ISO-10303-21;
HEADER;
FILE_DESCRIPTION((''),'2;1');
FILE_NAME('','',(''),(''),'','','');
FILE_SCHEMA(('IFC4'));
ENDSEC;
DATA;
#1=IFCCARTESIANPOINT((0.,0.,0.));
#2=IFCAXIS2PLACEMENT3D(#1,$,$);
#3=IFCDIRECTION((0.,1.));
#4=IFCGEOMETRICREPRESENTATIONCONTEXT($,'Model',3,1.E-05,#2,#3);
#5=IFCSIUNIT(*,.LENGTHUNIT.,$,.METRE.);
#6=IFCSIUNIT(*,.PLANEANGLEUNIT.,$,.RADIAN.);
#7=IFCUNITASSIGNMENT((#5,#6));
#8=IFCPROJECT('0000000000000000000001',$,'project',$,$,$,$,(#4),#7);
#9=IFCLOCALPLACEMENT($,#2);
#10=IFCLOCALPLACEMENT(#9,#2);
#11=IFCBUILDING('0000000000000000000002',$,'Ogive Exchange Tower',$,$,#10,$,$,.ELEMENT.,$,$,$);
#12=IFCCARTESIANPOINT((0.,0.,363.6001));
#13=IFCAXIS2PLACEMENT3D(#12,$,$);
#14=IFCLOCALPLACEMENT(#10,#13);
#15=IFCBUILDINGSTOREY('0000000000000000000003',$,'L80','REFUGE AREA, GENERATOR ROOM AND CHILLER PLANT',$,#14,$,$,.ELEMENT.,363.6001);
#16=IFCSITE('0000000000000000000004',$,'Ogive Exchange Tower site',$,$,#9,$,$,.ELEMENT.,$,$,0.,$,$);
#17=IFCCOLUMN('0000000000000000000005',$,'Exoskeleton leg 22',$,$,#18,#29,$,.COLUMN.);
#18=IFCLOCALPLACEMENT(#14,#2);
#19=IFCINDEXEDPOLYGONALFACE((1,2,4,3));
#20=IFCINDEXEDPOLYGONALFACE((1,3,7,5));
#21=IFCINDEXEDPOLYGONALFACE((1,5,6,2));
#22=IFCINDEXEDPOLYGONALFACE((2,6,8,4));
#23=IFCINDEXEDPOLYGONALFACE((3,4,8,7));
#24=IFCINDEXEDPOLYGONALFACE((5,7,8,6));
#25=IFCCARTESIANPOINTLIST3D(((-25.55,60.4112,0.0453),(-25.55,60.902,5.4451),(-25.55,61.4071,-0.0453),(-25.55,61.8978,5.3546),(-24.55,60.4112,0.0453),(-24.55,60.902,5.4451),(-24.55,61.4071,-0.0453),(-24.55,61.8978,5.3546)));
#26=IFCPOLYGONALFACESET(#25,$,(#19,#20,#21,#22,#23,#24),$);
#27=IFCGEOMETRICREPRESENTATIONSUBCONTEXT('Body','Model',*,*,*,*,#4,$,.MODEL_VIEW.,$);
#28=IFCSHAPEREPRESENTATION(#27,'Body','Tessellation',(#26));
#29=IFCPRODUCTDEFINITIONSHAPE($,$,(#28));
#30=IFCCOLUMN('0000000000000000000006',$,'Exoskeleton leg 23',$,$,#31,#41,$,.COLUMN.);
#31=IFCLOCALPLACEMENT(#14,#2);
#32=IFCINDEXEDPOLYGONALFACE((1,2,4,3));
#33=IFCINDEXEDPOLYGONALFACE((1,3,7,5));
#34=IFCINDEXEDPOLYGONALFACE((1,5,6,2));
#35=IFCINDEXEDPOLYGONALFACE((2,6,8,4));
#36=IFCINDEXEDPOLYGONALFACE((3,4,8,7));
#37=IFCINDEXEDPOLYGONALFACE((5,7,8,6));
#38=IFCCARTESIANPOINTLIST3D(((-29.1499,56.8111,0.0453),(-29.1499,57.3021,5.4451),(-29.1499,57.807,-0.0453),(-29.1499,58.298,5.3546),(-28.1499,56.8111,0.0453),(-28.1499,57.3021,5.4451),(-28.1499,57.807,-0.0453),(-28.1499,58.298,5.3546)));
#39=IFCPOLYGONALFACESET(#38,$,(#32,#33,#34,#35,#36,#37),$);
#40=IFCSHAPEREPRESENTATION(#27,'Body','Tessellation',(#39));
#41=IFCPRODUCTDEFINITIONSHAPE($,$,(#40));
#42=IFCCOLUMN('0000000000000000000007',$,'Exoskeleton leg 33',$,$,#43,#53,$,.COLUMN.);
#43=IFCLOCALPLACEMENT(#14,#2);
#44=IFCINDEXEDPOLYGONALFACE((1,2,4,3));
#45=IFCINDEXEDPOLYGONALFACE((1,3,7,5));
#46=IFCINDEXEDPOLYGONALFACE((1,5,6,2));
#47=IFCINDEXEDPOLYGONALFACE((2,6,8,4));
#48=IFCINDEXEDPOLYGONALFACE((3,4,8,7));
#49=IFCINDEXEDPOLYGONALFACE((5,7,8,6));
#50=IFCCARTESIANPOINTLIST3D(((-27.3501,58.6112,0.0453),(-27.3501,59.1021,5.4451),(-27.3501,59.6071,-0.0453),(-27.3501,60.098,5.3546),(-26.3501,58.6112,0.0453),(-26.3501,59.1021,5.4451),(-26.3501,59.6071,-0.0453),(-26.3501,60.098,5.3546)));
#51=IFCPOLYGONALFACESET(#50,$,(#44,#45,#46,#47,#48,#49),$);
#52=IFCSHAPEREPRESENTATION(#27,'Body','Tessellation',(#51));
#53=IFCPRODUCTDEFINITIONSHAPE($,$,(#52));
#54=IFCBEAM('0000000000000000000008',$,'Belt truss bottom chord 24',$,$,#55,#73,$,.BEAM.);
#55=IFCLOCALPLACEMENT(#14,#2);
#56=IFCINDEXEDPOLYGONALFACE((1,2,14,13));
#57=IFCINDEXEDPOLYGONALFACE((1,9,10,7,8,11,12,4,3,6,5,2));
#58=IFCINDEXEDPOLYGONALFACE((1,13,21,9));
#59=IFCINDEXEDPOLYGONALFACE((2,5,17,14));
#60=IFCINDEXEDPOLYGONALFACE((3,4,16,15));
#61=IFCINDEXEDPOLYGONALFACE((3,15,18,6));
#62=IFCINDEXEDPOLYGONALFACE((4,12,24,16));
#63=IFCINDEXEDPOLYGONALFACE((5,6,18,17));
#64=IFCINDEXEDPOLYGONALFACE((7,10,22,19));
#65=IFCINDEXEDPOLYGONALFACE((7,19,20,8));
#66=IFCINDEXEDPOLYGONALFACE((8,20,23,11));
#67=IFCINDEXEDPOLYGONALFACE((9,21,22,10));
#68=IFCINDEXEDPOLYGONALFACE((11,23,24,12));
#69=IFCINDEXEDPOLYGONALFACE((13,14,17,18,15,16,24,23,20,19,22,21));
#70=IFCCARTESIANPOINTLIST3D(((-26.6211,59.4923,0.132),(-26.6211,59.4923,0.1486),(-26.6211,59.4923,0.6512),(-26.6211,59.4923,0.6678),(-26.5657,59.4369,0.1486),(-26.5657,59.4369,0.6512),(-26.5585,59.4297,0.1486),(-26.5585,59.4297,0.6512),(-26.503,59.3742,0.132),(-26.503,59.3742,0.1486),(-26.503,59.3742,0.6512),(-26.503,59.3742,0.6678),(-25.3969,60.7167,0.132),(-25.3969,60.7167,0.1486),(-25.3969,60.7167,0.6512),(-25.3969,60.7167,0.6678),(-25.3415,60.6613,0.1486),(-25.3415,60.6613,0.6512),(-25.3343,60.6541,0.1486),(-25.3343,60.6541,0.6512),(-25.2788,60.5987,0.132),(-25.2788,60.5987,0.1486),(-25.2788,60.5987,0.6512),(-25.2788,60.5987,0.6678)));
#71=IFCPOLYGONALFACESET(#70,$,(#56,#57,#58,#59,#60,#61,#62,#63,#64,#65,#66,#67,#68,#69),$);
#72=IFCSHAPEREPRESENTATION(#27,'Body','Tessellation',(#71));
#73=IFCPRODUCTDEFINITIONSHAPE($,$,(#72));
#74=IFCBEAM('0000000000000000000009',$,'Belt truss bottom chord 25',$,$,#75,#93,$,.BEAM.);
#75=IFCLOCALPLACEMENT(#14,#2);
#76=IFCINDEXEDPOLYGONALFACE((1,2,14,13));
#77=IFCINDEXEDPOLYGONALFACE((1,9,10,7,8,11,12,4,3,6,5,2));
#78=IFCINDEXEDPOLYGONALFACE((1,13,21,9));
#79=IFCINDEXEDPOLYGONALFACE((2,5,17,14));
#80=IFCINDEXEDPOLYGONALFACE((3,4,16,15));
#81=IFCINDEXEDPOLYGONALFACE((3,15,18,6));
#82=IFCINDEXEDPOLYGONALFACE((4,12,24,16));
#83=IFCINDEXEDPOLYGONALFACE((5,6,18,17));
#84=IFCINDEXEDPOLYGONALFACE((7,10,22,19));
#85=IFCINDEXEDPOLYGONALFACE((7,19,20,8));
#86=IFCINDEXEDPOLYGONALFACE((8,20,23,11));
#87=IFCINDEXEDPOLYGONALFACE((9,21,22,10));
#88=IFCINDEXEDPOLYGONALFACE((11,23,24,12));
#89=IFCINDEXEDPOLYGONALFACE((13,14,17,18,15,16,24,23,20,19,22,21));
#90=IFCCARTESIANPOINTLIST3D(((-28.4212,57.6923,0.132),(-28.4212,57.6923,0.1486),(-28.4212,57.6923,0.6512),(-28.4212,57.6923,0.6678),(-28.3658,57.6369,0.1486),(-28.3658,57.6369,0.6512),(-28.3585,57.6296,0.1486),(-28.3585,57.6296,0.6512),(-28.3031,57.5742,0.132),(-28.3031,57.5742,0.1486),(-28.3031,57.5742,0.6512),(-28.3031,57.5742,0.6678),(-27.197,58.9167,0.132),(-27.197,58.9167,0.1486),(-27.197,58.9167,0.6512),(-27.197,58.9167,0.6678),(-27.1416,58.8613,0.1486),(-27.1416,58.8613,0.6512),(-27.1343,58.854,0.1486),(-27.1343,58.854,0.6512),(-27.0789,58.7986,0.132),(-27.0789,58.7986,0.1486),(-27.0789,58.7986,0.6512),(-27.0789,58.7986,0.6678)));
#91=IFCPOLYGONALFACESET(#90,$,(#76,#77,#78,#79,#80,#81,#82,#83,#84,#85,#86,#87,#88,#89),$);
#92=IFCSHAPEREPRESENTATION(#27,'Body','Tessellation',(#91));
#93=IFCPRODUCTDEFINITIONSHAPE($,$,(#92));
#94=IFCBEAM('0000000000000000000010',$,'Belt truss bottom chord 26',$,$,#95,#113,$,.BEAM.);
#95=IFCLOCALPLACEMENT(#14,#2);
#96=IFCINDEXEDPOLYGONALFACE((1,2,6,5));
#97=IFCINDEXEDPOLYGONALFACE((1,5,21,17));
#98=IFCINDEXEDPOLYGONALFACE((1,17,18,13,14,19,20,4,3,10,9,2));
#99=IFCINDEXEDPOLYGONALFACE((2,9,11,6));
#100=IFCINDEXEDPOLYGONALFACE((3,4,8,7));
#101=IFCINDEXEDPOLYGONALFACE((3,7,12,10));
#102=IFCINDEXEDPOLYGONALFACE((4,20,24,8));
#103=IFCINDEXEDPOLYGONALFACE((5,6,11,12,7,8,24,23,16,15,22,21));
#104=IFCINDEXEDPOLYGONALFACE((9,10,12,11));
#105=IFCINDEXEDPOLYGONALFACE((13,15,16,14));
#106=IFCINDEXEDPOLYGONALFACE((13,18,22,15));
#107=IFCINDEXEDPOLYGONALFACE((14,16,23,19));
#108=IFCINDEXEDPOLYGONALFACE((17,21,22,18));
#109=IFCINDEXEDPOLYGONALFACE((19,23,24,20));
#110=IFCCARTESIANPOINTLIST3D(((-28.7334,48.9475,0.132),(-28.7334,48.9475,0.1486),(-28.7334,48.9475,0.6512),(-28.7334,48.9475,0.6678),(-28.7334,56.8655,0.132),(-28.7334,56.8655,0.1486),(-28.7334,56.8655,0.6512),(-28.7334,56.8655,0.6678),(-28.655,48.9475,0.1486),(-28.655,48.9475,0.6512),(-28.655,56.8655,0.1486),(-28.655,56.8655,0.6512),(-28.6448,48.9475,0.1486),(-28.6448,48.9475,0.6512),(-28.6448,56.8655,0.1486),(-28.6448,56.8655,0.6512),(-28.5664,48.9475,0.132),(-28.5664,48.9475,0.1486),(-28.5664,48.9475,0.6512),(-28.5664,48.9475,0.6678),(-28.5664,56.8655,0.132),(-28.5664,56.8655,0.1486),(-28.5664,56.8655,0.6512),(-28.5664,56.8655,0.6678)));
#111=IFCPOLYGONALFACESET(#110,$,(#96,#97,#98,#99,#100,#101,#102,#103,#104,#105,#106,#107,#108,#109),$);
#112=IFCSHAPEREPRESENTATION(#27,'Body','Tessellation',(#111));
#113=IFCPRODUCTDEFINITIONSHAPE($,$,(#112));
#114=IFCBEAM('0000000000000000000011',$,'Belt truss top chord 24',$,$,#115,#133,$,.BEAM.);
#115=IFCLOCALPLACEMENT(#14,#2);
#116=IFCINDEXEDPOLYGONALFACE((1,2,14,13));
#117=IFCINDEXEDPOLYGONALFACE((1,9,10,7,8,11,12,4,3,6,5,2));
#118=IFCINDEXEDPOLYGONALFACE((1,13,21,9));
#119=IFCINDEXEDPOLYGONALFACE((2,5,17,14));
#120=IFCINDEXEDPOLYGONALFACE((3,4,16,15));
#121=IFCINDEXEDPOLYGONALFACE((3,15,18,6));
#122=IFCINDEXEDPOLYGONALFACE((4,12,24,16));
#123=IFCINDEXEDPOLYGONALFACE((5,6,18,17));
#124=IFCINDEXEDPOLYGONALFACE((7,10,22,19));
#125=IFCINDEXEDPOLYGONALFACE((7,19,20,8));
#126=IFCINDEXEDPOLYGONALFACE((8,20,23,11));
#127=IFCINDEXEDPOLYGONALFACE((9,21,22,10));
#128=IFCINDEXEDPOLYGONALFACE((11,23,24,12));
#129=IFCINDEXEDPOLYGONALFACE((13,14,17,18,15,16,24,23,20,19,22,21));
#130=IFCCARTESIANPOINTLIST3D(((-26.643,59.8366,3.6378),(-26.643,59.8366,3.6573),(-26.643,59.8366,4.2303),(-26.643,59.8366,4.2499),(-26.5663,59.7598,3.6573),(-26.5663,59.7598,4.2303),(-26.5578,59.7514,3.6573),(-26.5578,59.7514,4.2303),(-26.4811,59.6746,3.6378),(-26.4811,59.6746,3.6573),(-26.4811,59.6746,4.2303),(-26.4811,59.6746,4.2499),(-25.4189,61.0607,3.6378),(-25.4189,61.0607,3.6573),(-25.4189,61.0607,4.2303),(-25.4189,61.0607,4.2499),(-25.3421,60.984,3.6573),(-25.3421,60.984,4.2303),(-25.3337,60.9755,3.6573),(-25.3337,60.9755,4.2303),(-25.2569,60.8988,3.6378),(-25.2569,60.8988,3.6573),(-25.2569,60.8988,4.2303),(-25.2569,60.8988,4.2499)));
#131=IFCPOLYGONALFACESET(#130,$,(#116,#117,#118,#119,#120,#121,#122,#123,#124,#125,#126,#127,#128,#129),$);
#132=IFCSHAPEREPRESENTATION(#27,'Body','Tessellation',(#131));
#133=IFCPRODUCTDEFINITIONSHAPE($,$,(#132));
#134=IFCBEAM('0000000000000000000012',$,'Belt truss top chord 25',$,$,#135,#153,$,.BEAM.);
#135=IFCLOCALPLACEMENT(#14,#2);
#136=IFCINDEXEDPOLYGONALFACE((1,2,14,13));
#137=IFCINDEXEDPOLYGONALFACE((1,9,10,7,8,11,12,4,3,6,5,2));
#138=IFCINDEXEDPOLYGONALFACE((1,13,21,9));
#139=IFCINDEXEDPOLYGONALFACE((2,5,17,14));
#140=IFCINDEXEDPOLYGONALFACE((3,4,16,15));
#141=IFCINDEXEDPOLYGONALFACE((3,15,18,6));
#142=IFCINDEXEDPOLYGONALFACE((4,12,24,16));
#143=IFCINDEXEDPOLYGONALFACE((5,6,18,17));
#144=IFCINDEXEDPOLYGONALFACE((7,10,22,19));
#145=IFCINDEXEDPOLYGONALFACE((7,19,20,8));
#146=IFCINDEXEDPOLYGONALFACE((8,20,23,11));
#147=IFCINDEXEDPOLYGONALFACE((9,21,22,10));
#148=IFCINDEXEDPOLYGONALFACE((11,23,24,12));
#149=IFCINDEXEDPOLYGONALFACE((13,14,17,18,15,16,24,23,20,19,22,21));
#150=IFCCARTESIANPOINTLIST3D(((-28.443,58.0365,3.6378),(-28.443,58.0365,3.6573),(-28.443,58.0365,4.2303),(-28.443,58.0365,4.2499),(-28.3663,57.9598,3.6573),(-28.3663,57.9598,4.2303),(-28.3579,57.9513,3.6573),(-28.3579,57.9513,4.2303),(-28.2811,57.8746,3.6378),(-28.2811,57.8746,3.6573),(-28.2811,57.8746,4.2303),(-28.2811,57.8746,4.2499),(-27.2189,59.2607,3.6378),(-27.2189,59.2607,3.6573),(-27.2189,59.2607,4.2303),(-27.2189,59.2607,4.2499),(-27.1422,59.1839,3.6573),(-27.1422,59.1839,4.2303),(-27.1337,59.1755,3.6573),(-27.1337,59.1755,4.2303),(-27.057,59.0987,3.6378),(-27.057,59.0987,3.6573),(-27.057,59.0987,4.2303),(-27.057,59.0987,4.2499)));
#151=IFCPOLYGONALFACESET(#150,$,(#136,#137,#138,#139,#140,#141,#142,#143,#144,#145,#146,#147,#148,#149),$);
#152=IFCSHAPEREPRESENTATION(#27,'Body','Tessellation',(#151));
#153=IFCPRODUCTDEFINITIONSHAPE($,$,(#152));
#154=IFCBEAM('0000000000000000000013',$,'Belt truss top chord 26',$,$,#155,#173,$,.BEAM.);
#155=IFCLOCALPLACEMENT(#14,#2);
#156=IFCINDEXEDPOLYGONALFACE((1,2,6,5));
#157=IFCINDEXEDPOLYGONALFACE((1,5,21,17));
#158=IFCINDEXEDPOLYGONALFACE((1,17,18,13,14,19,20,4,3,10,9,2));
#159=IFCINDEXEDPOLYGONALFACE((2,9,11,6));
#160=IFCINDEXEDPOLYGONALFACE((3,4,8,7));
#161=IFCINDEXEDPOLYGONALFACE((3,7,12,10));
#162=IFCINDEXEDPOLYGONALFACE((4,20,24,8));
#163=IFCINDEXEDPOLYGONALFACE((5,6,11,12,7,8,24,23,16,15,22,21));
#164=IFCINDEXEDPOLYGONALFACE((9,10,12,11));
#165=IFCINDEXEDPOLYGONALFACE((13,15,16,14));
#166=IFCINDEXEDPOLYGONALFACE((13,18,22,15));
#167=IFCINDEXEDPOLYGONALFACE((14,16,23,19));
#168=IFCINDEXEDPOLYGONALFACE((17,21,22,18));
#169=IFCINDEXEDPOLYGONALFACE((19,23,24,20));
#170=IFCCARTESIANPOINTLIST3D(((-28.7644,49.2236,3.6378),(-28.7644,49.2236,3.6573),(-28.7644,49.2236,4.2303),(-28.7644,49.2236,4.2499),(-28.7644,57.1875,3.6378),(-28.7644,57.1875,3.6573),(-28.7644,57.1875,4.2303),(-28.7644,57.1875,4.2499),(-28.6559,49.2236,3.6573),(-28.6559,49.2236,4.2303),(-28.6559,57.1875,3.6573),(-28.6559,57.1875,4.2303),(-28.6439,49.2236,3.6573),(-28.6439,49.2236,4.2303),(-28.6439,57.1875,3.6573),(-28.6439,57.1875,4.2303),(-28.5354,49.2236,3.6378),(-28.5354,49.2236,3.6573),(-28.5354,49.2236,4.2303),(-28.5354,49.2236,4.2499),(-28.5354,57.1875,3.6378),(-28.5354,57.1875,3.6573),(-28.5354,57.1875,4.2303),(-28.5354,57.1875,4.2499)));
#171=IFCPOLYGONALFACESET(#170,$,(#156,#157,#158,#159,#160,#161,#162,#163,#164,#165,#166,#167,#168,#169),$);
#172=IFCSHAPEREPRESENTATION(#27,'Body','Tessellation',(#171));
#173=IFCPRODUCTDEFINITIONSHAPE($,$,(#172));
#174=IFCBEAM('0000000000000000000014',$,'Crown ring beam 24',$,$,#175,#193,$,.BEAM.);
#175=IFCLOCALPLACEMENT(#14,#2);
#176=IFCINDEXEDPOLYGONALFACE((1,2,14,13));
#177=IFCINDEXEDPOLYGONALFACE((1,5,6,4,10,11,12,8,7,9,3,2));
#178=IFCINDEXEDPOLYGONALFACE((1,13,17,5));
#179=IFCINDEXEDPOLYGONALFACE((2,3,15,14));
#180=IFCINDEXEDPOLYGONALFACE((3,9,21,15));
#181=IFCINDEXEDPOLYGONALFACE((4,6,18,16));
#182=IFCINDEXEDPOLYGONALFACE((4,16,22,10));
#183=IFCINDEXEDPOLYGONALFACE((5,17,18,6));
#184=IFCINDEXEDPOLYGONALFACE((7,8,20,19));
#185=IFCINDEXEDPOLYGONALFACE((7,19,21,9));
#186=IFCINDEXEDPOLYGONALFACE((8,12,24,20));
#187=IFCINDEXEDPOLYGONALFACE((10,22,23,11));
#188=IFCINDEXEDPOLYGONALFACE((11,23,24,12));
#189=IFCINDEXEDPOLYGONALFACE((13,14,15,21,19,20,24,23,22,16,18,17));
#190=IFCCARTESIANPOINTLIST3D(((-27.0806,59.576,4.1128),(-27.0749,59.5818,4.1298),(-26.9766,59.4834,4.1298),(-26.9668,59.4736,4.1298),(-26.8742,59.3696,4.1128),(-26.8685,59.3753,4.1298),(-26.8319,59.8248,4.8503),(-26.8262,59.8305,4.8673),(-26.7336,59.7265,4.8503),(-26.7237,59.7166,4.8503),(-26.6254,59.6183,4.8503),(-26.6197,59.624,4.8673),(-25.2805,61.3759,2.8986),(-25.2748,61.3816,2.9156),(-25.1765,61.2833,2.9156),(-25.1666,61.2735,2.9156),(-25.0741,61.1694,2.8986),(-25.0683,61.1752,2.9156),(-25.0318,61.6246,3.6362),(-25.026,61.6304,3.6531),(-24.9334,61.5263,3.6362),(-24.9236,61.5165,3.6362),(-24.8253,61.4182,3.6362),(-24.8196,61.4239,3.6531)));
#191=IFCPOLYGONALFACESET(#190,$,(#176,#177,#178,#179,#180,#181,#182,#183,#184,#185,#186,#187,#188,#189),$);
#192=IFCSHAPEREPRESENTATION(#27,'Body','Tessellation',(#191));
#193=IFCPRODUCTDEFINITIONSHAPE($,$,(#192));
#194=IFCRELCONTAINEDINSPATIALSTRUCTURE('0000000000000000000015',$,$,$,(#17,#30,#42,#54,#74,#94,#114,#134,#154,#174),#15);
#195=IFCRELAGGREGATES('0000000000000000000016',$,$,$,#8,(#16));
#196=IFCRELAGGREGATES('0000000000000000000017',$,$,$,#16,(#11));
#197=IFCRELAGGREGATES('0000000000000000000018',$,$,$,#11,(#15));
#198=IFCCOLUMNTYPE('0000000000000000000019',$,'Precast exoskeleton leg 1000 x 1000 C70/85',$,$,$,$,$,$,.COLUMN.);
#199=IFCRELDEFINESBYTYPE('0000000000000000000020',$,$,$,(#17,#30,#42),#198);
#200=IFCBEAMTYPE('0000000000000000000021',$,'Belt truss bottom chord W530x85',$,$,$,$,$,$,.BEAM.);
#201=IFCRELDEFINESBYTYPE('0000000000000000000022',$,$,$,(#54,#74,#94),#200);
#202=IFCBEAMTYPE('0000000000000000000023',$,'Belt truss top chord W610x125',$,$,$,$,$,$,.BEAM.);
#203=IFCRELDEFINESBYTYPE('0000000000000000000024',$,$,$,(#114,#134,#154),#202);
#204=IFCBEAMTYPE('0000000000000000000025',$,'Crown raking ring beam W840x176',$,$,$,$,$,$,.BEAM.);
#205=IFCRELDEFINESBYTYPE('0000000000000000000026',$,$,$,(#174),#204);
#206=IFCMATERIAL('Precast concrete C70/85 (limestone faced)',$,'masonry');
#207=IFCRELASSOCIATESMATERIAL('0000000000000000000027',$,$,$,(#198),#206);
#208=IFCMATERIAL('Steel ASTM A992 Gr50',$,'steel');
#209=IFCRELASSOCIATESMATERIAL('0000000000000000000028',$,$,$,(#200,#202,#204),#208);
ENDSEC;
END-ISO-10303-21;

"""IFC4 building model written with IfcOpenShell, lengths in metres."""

from ifc_helpers import new_model, si_unit, direction, frame, origin, origin_2d, place, context, subcontext, project, spatial, rectangle, i_section, extrude, material, material_profile, profile_set, type_object, element, save


model = new_model("IFC4")

# Units and contexts
model_context = context("Model", 3, precision=1e-05, world=origin(), true_north=direction((0.0, 1.0)))
body_context = subcontext(model_context, "Body", "Model", "MODEL_VIEW")
ifc_project = project(units=[si_unit("LENGTHUNIT", "METRE"), si_unit("PLANEANGLEUNIT", "RADIAN")], contexts=[model_context])

# Site, building, storey
site_placement = place(None, origin())
site = spatial("IfcSite", under=ifc_project, at=site_placement, Name="Ogive Exchange Tower site", CompositionType="ELEMENT", RefElevation=0.0)
building_placement = place(site_placement, origin())
building = spatial("IfcBuilding", under=site, at=building_placement, Name="Ogive Exchange Tower", CompositionType="ELEMENT")
storey_placement = place(building_placement, frame((0.0, 0.0, 363.6001)))
storey = spatial("IfcBuildingStorey", under=building, at=storey_placement, Name="L80", Description="REFUGE AREA, GENERATOR ROOM AND CHILLER PLANT", CompositionType="ELEMENT", Elevation=363.6001)

# Columns
ifc_material_1 = material(Name="Precast concrete C70/85 (limestone faced)", Category="masonry")
ifc_material_profile_1 = material_profile(ifc_material_1, rectangle(XDim=1.0, YDim=1.0, at=origin_2d()), Name="1000 x 1000")
ifc_profile_set_1 = profile_set([ifc_material_profile_1], Name="Precast concrete C70/85 (limestone faced)")
column_type = type_object("IfcColumnType", Name="Precast exoskeleton leg 1000 x 1000 C70/85", PredefinedType="COLUMN", material=ifc_profile_set_1)
for number, where, z_axis, x_axis, name in (
    (1, (-25.05, 60.9092, 0.0), (0.0, 0.090503, 0.995896), (-1.0, 0.0, 0.0), "Exoskeleton leg 22"),
    (2, (-28.6499, 57.3091, 0.0), (0.0, 0.090548, 0.995892), (-1.0, 0.0, 0.0), "Exoskeleton leg 23"),
    (3, (-26.8501, 59.1091, 0.0), (0.0, 0.090548, 0.995892), (-1.0, 0.0, 0.0), "Exoskeleton leg 33"),
):
    element("IfcColumn", number, at=place(storey_placement, frame(where, z_axis=z_axis, x_axis=x_axis)), inside=storey, type_object=column_type, Name=name, PredefinedType="COLUMN", context=body_context, shape_type="SweptSolid", body=[
        extrude(rectangle(XDim=1.0, YDim=1.0, at=origin_2d()), origin(), (0.0, 0.0, 1.0), 5.4221),
    ])

# Beams
ifc_material_2 = material(Name="Steel ASTM A992 Gr50", Category="steel")
ifc_material_profile_2 = material_profile(ifc_material_2, i_section(OverallWidth=0.167, OverallDepth=0.5359, WebThickness=0.0103, FlangeThickness=0.0166, at=origin_2d()), Name="W530x85")
ifc_profile_set_2 = profile_set([ifc_material_profile_2], Name="Steel ASTM A992 Gr50")
beam_type_1 = type_object("IfcBeamType", Name="Belt truss bottom chord W530x85", PredefinedType="BEAM", material=ifc_profile_set_2)
for number, where, z_axis, x_axis, name in (
    (4, (-25.3379, 60.6577, 0.3999), (-0.707036, -0.707177, 0.0), (0.707177, -0.707036, 0.0), "Belt truss bottom chord 24"),
    (5, (-27.1379, 58.8577, 0.3999), (-0.707036, -0.707177, 0.0), (0.707177, -0.707036, 0.0), "Belt truss bottom chord 25"),
):
    element("IfcBeam", number, at=place(storey_placement, frame(where, z_axis=z_axis, x_axis=x_axis)), inside=storey, type_object=beam_type_1, Name=name, PredefinedType="BEAM", context=body_context, shape_type="SweptSolid", body=[
        extrude(i_section(OverallWidth=0.167, OverallDepth=0.5359, WebThickness=0.0103, FlangeThickness=0.0166, at=origin_2d()), origin(), (0.0, 0.0, 1.0), 1.7314),
    ])
beam_1_placement = place(storey_placement, frame((-28.6499, 56.8655, 0.3999), z_axis=(0.0, -1.0, 0.0), x_axis=(1.0, 0.0, 0.0)))
element("IfcBeam", 6, at=beam_1_placement, inside=storey, type_object=beam_type_1, Name="Belt truss bottom chord 26", PredefinedType="BEAM", context=body_context, shape_type="SweptSolid", body=[
    extrude(i_section(OverallWidth=0.167, OverallDepth=0.5359, WebThickness=0.0103, FlangeThickness=0.0166, at=origin_2d()), origin(), (0.0, 0.0, 1.0), 7.918),
])
ifc_material_profile_3 = material_profile(ifc_material_2, i_section(OverallWidth=0.229, OverallDepth=0.6121, WebThickness=0.012, FlangeThickness=0.0195, at=origin_2d()), Name="W610x125")
ifc_profile_set_3 = profile_set([ifc_material_profile_3], Name="Steel ASTM A992 Gr50")
beam_type_2 = type_object("IfcBeamType", Name="Belt truss top chord W610x125", PredefinedType="BEAM", material=ifc_profile_set_3)
for number, where, z_axis, x_axis, name in (
    (7, (-25.3379, 60.9797, 3.9438), (-0.707107, -0.707107, 0.0), (0.707107, -0.707107, 0.0), "Belt truss top chord 24"),
    (8, (-27.1379, 59.1797, 3.9438), (-0.707107, -0.707107, 0.0), (0.707107, -0.707107, 0.0), "Belt truss top chord 25"),
):
    element("IfcBeam", number, at=place(storey_placement, frame(where, z_axis=z_axis, x_axis=x_axis)), inside=storey, type_object=beam_type_2, Name=name, PredefinedType="BEAM", context=body_context, shape_type="SweptSolid", body=[
        extrude(i_section(OverallWidth=0.229, OverallDepth=0.6121, WebThickness=0.012, FlangeThickness=0.0195, at=origin_2d()), origin(), (0.0, 0.0, 1.0), 1.7312),
    ])
beam_2_placement = place(storey_placement, frame((-28.6499, 57.1875, 3.9438), z_axis=(0.0, -1.0, 0.0), x_axis=(1.0, 0.0, 0.0)))
element("IfcBeam", 9, at=beam_2_placement, inside=storey, type_object=beam_type_2, Name="Belt truss top chord 26", PredefinedType="BEAM", context=body_context, shape_type="SweptSolid", body=[
    extrude(i_section(OverallWidth=0.229, OverallDepth=0.6121, WebThickness=0.012, FlangeThickness=0.0195, at=origin_2d()), origin(), (0.0, 0.0, 1.0), 7.9639),
])
ifc_material_profile_4 = material_profile(ifc_material_2, i_section(OverallWidth=0.292, OverallDepth=0.8359, WebThickness=0.0139, FlangeThickness=0.0188, at=origin_2d()), Name="W840x176")
ifc_profile_set_4 = profile_set([ifc_material_profile_4], Name="Steel ASTM A992 Gr50")
beam_type_3 = type_object("IfcBeamType", Name="Crown raking ring beam W840x176", PredefinedType="BEAM", material=ifc_profile_set_4)
beam_3_placement = place(storey_placement, frame((-25.05, 61.3999, 3.2759), z_axis=(-0.638269, -0.638183, 0.430505), x_axis=(0.707059, -0.707155, 0.0)))
element("IfcBeam", 10, at=beam_3_placement, inside=storey, type_object=beam_type_3, Name="Crown ring beam 24", PredefinedType="BEAM", context=body_context, shape_type="SweptSolid", body=[
    extrude(i_section(OverallWidth=0.292, OverallDepth=0.8359, WebThickness=0.0139, FlangeThickness=0.0188, at=origin_2d()), origin(), (0.0, 0.0, 1.0), 2.8203),
])

save(model, "model.ifc")
